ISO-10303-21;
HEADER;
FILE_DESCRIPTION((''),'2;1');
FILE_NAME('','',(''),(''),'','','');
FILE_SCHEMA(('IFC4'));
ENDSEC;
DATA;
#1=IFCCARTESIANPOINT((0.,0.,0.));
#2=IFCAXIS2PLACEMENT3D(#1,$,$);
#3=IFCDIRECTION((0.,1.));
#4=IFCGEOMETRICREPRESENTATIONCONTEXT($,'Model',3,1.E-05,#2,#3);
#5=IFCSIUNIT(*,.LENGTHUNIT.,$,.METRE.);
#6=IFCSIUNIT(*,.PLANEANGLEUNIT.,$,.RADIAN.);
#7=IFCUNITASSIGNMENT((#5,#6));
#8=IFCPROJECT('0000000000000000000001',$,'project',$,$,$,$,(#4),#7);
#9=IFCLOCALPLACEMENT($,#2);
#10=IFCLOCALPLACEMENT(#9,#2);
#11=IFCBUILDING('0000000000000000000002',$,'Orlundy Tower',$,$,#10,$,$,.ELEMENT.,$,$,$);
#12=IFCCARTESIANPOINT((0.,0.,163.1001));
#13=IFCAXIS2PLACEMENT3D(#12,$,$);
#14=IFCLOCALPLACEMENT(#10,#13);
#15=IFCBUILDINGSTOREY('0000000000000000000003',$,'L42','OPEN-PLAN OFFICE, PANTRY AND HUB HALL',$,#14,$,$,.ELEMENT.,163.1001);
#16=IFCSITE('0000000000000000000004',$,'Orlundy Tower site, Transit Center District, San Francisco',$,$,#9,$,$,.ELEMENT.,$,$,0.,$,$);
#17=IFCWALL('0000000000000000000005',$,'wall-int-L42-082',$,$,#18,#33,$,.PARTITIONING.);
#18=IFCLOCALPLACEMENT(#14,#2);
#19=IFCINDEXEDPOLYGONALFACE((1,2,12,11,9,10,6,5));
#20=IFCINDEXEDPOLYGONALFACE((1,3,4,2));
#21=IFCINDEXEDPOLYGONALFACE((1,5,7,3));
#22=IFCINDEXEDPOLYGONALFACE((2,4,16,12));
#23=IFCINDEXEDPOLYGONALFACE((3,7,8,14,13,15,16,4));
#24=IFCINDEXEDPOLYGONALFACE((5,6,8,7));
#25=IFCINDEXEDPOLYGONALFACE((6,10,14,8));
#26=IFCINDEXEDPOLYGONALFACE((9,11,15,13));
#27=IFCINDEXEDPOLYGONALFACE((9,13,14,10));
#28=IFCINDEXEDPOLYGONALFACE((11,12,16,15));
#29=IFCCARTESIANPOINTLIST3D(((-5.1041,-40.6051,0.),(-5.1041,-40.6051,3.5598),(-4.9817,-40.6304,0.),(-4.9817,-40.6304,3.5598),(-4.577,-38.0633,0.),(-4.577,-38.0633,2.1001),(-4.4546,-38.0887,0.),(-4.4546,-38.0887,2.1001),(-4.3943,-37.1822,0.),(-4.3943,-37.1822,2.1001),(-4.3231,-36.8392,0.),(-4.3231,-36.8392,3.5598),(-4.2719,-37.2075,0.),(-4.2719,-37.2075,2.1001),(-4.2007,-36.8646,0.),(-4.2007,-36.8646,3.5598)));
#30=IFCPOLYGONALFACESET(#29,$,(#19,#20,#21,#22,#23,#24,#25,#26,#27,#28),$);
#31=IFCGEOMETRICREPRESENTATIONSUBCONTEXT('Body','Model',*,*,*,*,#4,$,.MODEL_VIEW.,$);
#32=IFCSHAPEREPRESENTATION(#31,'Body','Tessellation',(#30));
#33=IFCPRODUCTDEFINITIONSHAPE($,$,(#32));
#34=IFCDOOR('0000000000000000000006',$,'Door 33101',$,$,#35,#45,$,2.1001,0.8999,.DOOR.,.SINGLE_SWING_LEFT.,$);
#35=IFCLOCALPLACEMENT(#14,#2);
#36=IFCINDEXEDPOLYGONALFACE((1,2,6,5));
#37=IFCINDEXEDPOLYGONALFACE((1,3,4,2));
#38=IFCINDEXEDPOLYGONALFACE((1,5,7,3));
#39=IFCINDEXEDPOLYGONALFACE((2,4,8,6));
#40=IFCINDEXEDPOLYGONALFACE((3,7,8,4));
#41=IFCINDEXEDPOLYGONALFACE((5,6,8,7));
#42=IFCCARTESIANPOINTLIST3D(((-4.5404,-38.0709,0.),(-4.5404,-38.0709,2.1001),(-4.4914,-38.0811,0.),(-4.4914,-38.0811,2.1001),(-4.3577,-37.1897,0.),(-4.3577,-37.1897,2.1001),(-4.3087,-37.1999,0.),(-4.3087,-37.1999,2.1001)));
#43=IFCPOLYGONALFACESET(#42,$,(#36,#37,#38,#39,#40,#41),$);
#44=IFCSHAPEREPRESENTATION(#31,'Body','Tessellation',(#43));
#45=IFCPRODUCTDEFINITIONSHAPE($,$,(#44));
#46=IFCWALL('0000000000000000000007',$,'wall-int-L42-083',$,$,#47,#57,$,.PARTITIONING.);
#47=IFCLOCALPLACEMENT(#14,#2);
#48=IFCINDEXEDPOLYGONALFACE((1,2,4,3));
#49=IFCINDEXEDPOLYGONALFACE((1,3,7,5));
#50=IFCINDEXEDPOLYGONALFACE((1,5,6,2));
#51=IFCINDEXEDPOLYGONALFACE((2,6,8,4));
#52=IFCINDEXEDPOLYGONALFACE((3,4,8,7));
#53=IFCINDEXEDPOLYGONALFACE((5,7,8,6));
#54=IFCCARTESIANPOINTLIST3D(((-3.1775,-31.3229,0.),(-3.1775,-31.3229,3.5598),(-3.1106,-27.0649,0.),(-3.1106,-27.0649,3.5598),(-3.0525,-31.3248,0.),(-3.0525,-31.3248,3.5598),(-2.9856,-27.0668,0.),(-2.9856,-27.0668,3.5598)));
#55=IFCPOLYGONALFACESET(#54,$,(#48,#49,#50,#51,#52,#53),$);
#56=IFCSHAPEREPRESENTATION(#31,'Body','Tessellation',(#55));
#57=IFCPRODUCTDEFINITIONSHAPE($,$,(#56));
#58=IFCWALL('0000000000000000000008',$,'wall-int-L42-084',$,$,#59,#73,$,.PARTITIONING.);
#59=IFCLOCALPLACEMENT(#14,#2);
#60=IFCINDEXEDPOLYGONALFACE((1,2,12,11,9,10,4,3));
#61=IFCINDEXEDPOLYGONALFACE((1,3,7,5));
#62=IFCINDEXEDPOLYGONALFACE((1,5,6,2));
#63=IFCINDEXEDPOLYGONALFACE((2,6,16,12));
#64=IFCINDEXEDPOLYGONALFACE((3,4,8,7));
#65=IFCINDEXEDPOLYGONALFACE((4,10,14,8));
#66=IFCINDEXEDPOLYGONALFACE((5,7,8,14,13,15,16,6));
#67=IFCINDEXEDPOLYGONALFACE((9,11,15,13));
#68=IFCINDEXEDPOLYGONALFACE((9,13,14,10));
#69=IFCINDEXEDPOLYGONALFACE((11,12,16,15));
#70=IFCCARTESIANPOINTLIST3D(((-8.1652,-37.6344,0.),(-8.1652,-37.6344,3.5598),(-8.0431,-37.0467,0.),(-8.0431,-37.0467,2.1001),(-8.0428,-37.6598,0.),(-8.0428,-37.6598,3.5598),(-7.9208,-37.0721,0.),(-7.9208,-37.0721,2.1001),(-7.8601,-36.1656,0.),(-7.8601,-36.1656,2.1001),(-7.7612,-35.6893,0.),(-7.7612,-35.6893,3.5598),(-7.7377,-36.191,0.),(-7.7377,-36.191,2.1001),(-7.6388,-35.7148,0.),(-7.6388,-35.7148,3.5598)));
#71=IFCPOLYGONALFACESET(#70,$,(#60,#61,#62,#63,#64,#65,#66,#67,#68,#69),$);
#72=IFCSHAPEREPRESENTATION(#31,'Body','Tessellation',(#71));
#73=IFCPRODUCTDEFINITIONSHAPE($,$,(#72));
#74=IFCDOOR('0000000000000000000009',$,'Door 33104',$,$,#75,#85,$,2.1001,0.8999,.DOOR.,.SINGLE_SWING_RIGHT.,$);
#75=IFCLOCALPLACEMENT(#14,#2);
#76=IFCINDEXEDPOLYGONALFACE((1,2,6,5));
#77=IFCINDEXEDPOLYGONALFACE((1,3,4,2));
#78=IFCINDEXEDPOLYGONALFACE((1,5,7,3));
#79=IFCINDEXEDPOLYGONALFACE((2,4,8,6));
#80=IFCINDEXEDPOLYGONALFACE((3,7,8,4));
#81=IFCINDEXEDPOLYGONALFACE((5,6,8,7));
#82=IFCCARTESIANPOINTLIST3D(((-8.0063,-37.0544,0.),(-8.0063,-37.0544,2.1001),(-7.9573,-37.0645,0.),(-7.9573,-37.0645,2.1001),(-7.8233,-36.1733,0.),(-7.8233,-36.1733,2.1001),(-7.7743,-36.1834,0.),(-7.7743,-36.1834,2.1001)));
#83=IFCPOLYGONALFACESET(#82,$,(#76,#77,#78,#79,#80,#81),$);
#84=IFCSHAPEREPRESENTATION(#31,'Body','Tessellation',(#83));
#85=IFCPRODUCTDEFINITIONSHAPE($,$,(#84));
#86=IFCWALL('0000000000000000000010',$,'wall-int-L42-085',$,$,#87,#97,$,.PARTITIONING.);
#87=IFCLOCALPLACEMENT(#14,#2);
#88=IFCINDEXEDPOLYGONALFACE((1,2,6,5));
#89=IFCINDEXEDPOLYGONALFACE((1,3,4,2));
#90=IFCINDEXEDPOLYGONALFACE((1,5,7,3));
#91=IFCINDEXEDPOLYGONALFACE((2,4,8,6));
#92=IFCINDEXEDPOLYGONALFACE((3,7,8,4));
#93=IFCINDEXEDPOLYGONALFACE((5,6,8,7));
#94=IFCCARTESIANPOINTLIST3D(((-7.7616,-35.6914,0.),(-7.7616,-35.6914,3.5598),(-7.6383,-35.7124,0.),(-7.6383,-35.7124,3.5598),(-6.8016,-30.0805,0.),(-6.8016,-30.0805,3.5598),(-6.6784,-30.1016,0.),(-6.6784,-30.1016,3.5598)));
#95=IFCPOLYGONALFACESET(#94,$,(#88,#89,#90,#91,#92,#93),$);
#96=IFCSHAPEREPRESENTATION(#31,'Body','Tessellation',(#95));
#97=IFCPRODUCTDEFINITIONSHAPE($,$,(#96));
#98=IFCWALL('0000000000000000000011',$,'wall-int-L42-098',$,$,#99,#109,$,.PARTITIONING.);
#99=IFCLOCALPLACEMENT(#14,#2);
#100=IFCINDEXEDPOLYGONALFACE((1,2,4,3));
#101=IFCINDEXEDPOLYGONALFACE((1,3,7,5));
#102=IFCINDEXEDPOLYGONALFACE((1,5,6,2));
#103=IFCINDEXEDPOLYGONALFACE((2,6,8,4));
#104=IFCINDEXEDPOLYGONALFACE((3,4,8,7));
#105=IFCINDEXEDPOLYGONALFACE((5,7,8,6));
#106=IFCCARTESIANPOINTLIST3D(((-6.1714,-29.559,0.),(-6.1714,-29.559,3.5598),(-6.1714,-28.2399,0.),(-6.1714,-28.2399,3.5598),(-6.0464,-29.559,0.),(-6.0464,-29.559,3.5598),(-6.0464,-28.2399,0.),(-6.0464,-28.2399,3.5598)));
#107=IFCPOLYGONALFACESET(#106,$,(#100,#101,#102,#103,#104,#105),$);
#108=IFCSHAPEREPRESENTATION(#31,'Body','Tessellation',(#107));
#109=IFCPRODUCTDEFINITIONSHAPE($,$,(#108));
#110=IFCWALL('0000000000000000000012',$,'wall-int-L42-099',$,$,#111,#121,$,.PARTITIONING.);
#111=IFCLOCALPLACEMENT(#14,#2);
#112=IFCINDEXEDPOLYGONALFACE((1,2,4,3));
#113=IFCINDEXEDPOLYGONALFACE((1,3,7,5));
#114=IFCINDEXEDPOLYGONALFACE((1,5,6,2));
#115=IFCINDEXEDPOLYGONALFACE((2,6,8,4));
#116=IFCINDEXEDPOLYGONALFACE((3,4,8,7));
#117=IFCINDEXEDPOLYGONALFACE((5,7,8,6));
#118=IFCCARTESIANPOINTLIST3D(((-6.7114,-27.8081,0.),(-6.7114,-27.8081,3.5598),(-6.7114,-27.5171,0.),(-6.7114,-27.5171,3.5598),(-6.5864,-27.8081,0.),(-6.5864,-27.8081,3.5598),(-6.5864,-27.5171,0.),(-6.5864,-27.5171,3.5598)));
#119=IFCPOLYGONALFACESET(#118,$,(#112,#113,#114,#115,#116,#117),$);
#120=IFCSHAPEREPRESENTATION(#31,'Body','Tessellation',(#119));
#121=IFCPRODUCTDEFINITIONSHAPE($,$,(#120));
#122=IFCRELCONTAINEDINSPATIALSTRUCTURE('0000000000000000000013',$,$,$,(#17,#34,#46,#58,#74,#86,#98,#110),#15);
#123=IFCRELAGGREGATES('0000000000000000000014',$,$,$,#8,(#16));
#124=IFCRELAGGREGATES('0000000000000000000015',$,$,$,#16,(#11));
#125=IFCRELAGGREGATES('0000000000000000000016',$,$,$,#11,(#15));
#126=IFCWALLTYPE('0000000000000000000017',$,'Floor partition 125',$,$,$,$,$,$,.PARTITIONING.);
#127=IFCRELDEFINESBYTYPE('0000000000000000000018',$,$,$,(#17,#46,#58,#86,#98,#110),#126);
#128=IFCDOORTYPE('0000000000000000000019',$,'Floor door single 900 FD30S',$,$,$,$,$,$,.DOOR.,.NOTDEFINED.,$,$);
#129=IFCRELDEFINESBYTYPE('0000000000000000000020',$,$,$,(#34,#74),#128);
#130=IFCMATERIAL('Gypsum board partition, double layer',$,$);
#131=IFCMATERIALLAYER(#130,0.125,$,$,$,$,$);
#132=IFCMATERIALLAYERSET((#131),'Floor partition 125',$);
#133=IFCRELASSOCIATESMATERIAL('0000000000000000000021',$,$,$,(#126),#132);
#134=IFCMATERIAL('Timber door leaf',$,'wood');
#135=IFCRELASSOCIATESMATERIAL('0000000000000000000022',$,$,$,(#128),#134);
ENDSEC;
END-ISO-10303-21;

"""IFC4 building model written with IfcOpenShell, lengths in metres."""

from ifc_helpers import new_model, si_unit, direction, frame, frame_2d, origin, place, context, subcontext, project, spatial, rectangle, extrude, material, layer, layer_set, type_object, element, fill, save


model = new_model("IFC4")

# Units and contexts
model_context = context("Model", 3, precision=1e-05, world=origin(), true_north=direction((0.0, 1.0)))
body_context = subcontext(model_context, "Body", "Model", "MODEL_VIEW")
ifc_project = project(units=[si_unit("LENGTHUNIT", "METRE"), si_unit("PLANEANGLEUNIT", "RADIAN")], contexts=[model_context])

# Site, building, storey
site_placement = place(None, origin())
site = spatial("IfcSite", under=ifc_project, at=site_placement, Name="Orlundy Tower site, Transit Center District, San Francisco", CompositionType="ELEMENT", RefElevation=0.0)
building_placement = place(site_placement, origin())
building = spatial("IfcBuilding", under=site, at=building_placement, Name="Orlundy Tower", CompositionType="ELEMENT")
storey_placement = place(building_placement, frame((0.0, 0.0, 163.1001)))
storey = spatial("IfcBuildingStorey", under=building, at=storey_placement, Name="L42", Description="OPEN-PLAN OFFICE, PANTRY AND HUB HALL", CompositionType="ELEMENT", Elevation=163.1001)

# Shared definitions
ifc_material_1 = material(Name="Gypsum board partition, double layer")
ifc_layer_1 = layer(ifc_material_1, 0.125)
ifc_layer_set_1 = layer_set([ifc_layer_1], Name="Floor partition 125")
wall_type_1 = type_object("IfcWallType", Name="Floor partition 125", PredefinedType="PARTITIONING", material=ifc_layer_set_1)
ifc_material_2 = material(Name="Timber door leaf", Category="wood")
door_type_1 = type_object("IfcDoorType", Name="Floor door single 900 FD30S", OperationType="NOTDEFINED", PredefinedType="DOOR", material=ifc_material_2)

# Wall, opening, door
wall_1_placement = place(storey_placement, frame((-4.262, -36.8521, 0.0), z_axis=(0.0, 0.0, 1.0), x_axis=(-0.203069, -0.979164, 0.0)))
wall_1 = element("IfcWall", 1, at=wall_1_placement, inside=storey, type_object=wall_type_1, Name="wall-int-L42-082", PredefinedType="PARTITIONING", context=body_context, shape_type="SweptSolid", body=[
    extrude(rectangle(XDim=3.8459, YDim=0.125, at=frame_2d((1.9229, 0.0))), origin(), (0.0, 0.0, 1.0), 3.5598),
])
opening_1_placement = place(wall_1_placement, frame((0.3501, 0.0, 0.0)))
opening_1 = element("IfcOpeningElement", 2, at=opening_1_placement, cuts=wall_1, PredefinedType="OPENING", context=body_context, shape_type="SweptSolid", body=[
    extrude(rectangle(XDim=0.8999, YDim=2.1001, at=frame_2d((0.45, 1.05))), frame((0.0, 0.0725, 0.0), z_axis=(0.0, -1.0, 0.0), x_axis=(1.0, 0.0, 0.0)), (0.0, 0.0, 1.0), 0.145),
])
door_1_placement = place(opening_1_placement, origin())
door_1 = element("IfcDoor", 3, at=door_1_placement, inside=storey, type_object=door_type_1, Name="Door 33101", OperationType="SINGLE_SWING_LEFT", OverallHeight=2.1001, OverallWidth=0.8999, PredefinedType="DOOR", context=body_context, shape_type="SweptSolid", body=[
    extrude(rectangle(XDim=0.8999, YDim=2.1001, at=frame_2d((0.45, 1.05))), frame((0.0, 0.0249, 0.0), z_axis=(0.0, -1.0, 0.0), x_axis=(1.0, 0.0, 0.0)), (0.0, 0.0, 1.0), 0.05),
])
fill(opening_1, door_1)

# Wall
wall_2_placement = place(storey_placement, frame((-3.115, -31.324, 0.0), z_axis=(0.0, 0.0, 1.0), x_axis=(0.015708, 0.999877, 0.0)))
element("IfcWall", 4, at=wall_2_placement, inside=storey, type_object=wall_type_1, Name="wall-int-L42-083", PredefinedType="PARTITIONING", context=body_context, shape_type="SweptSolid", body=[
    extrude(rectangle(XDim=4.2585, YDim=0.125, at=frame_2d((2.1294, 0.0))), origin(), (0.0, 0.0, 1.0), 3.5598),
])

# Wall, opening, door
wall_3_placement = place(storey_placement, frame((-8.104, -37.647, 0.0), z_axis=(0.0, 0.0, 1.0), x_axis=(0.20339, 0.979098, 0.0)))
wall_3 = element("IfcWall", 5, at=wall_3_placement, inside=storey, type_object=wall_type_1, Name="wall-int-L42-084", PredefinedType="PARTITIONING", context=body_context, shape_type="SweptSolid", body=[
    extrude(rectangle(XDim=1.9866, YDim=0.125, at=frame_2d((0.9932, 0.0))), origin(), (0.0, 0.0, 1.0), 3.5598),
])
opening_2_placement = place(wall_3_placement, frame((0.6001, 0.0, 0.0)))
opening_2 = element("IfcOpeningElement", 6, at=opening_2_placement, cuts=wall_3, PredefinedType="OPENING", context=body_context, shape_type="SweptSolid", body=[
    extrude(rectangle(XDim=0.8999, YDim=2.1001, at=frame_2d((0.45, 1.05))), frame((0.0, 0.0725, 0.0), z_axis=(0.0, -1.0, 0.0), x_axis=(1.0, 0.0, 0.0)), (0.0, 0.0, 1.0), 0.145),
])
door_2_placement = place(opening_2_placement, origin())
door_2 = element("IfcDoor", 7, at=door_2_placement, inside=storey, type_object=door_type_1, Name="Door 33104", OperationType="SINGLE_SWING_RIGHT", OverallHeight=2.1001, OverallWidth=0.8999, PredefinedType="DOOR", context=body_context, shape_type="SweptSolid", body=[
    extrude(rectangle(XDim=0.8999, YDim=2.1001, at=frame_2d((0.45, 1.05))), frame((0.0, 0.0249, 0.0), z_axis=(0.0, -1.0, 0.0), x_axis=(1.0, 0.0, 0.0)), (0.0, 0.0, 1.0), 0.05),
])
fill(opening_2, door_2)

# Walls
wall_4_placement = place(storey_placement, frame((-7.7, -35.7019, 0.0), z_axis=(0.0, 0.0, 1.0), x_axis=(0.16864, 0.985678, 0.0)))
element("IfcWall", 8, at=wall_4_placement, inside=storey, type_object=wall_type_1, Name="wall-int-L42-085", PredefinedType="PARTITIONING", context=body_context, shape_type="SweptSolid", body=[
    extrude(rectangle(XDim=5.6924, YDim=0.125, at=frame_2d((2.8462, 0.0))), origin(), (0.0, 0.0, 1.0), 3.5598),
])
wall_5_placement = place(storey_placement, frame((-6.1089, -29.5591, 0.0), z_axis=(0.0, 0.0, 1.0), x_axis=(0.0, 1.0, 0.0)))
element("IfcWall", 9, at=wall_5_placement, inside=storey, type_object=wall_type_1, Name="wall-int-L42-098", PredefinedType="PARTITIONING", context=body_context, shape_type="SweptSolid", body=[
    extrude(rectangle(XDim=1.3191, YDim=0.125, at=frame_2d((0.6597, 0.0))), origin(), (0.0, 0.0, 1.0), 3.5598),
])
wall_6_placement = place(storey_placement, frame((-6.6489, -27.8081, 0.0), z_axis=(0.0, 0.0, 1.0), x_axis=(0.0, 1.0, 0.0)))
element("IfcWall", 10, at=wall_6_placement, inside=storey, type_object=wall_type_1, Name="wall-int-L42-099", PredefinedType="PARTITIONING", context=body_context, shape_type="SweptSolid", body=[
    extrude(rectangle(XDim=0.291, YDim=0.125, at=frame_2d((0.1455, 0.0))), origin(), (0.0, 0.0, 1.0), 3.5598),
])

save(model, "model.ifc")
